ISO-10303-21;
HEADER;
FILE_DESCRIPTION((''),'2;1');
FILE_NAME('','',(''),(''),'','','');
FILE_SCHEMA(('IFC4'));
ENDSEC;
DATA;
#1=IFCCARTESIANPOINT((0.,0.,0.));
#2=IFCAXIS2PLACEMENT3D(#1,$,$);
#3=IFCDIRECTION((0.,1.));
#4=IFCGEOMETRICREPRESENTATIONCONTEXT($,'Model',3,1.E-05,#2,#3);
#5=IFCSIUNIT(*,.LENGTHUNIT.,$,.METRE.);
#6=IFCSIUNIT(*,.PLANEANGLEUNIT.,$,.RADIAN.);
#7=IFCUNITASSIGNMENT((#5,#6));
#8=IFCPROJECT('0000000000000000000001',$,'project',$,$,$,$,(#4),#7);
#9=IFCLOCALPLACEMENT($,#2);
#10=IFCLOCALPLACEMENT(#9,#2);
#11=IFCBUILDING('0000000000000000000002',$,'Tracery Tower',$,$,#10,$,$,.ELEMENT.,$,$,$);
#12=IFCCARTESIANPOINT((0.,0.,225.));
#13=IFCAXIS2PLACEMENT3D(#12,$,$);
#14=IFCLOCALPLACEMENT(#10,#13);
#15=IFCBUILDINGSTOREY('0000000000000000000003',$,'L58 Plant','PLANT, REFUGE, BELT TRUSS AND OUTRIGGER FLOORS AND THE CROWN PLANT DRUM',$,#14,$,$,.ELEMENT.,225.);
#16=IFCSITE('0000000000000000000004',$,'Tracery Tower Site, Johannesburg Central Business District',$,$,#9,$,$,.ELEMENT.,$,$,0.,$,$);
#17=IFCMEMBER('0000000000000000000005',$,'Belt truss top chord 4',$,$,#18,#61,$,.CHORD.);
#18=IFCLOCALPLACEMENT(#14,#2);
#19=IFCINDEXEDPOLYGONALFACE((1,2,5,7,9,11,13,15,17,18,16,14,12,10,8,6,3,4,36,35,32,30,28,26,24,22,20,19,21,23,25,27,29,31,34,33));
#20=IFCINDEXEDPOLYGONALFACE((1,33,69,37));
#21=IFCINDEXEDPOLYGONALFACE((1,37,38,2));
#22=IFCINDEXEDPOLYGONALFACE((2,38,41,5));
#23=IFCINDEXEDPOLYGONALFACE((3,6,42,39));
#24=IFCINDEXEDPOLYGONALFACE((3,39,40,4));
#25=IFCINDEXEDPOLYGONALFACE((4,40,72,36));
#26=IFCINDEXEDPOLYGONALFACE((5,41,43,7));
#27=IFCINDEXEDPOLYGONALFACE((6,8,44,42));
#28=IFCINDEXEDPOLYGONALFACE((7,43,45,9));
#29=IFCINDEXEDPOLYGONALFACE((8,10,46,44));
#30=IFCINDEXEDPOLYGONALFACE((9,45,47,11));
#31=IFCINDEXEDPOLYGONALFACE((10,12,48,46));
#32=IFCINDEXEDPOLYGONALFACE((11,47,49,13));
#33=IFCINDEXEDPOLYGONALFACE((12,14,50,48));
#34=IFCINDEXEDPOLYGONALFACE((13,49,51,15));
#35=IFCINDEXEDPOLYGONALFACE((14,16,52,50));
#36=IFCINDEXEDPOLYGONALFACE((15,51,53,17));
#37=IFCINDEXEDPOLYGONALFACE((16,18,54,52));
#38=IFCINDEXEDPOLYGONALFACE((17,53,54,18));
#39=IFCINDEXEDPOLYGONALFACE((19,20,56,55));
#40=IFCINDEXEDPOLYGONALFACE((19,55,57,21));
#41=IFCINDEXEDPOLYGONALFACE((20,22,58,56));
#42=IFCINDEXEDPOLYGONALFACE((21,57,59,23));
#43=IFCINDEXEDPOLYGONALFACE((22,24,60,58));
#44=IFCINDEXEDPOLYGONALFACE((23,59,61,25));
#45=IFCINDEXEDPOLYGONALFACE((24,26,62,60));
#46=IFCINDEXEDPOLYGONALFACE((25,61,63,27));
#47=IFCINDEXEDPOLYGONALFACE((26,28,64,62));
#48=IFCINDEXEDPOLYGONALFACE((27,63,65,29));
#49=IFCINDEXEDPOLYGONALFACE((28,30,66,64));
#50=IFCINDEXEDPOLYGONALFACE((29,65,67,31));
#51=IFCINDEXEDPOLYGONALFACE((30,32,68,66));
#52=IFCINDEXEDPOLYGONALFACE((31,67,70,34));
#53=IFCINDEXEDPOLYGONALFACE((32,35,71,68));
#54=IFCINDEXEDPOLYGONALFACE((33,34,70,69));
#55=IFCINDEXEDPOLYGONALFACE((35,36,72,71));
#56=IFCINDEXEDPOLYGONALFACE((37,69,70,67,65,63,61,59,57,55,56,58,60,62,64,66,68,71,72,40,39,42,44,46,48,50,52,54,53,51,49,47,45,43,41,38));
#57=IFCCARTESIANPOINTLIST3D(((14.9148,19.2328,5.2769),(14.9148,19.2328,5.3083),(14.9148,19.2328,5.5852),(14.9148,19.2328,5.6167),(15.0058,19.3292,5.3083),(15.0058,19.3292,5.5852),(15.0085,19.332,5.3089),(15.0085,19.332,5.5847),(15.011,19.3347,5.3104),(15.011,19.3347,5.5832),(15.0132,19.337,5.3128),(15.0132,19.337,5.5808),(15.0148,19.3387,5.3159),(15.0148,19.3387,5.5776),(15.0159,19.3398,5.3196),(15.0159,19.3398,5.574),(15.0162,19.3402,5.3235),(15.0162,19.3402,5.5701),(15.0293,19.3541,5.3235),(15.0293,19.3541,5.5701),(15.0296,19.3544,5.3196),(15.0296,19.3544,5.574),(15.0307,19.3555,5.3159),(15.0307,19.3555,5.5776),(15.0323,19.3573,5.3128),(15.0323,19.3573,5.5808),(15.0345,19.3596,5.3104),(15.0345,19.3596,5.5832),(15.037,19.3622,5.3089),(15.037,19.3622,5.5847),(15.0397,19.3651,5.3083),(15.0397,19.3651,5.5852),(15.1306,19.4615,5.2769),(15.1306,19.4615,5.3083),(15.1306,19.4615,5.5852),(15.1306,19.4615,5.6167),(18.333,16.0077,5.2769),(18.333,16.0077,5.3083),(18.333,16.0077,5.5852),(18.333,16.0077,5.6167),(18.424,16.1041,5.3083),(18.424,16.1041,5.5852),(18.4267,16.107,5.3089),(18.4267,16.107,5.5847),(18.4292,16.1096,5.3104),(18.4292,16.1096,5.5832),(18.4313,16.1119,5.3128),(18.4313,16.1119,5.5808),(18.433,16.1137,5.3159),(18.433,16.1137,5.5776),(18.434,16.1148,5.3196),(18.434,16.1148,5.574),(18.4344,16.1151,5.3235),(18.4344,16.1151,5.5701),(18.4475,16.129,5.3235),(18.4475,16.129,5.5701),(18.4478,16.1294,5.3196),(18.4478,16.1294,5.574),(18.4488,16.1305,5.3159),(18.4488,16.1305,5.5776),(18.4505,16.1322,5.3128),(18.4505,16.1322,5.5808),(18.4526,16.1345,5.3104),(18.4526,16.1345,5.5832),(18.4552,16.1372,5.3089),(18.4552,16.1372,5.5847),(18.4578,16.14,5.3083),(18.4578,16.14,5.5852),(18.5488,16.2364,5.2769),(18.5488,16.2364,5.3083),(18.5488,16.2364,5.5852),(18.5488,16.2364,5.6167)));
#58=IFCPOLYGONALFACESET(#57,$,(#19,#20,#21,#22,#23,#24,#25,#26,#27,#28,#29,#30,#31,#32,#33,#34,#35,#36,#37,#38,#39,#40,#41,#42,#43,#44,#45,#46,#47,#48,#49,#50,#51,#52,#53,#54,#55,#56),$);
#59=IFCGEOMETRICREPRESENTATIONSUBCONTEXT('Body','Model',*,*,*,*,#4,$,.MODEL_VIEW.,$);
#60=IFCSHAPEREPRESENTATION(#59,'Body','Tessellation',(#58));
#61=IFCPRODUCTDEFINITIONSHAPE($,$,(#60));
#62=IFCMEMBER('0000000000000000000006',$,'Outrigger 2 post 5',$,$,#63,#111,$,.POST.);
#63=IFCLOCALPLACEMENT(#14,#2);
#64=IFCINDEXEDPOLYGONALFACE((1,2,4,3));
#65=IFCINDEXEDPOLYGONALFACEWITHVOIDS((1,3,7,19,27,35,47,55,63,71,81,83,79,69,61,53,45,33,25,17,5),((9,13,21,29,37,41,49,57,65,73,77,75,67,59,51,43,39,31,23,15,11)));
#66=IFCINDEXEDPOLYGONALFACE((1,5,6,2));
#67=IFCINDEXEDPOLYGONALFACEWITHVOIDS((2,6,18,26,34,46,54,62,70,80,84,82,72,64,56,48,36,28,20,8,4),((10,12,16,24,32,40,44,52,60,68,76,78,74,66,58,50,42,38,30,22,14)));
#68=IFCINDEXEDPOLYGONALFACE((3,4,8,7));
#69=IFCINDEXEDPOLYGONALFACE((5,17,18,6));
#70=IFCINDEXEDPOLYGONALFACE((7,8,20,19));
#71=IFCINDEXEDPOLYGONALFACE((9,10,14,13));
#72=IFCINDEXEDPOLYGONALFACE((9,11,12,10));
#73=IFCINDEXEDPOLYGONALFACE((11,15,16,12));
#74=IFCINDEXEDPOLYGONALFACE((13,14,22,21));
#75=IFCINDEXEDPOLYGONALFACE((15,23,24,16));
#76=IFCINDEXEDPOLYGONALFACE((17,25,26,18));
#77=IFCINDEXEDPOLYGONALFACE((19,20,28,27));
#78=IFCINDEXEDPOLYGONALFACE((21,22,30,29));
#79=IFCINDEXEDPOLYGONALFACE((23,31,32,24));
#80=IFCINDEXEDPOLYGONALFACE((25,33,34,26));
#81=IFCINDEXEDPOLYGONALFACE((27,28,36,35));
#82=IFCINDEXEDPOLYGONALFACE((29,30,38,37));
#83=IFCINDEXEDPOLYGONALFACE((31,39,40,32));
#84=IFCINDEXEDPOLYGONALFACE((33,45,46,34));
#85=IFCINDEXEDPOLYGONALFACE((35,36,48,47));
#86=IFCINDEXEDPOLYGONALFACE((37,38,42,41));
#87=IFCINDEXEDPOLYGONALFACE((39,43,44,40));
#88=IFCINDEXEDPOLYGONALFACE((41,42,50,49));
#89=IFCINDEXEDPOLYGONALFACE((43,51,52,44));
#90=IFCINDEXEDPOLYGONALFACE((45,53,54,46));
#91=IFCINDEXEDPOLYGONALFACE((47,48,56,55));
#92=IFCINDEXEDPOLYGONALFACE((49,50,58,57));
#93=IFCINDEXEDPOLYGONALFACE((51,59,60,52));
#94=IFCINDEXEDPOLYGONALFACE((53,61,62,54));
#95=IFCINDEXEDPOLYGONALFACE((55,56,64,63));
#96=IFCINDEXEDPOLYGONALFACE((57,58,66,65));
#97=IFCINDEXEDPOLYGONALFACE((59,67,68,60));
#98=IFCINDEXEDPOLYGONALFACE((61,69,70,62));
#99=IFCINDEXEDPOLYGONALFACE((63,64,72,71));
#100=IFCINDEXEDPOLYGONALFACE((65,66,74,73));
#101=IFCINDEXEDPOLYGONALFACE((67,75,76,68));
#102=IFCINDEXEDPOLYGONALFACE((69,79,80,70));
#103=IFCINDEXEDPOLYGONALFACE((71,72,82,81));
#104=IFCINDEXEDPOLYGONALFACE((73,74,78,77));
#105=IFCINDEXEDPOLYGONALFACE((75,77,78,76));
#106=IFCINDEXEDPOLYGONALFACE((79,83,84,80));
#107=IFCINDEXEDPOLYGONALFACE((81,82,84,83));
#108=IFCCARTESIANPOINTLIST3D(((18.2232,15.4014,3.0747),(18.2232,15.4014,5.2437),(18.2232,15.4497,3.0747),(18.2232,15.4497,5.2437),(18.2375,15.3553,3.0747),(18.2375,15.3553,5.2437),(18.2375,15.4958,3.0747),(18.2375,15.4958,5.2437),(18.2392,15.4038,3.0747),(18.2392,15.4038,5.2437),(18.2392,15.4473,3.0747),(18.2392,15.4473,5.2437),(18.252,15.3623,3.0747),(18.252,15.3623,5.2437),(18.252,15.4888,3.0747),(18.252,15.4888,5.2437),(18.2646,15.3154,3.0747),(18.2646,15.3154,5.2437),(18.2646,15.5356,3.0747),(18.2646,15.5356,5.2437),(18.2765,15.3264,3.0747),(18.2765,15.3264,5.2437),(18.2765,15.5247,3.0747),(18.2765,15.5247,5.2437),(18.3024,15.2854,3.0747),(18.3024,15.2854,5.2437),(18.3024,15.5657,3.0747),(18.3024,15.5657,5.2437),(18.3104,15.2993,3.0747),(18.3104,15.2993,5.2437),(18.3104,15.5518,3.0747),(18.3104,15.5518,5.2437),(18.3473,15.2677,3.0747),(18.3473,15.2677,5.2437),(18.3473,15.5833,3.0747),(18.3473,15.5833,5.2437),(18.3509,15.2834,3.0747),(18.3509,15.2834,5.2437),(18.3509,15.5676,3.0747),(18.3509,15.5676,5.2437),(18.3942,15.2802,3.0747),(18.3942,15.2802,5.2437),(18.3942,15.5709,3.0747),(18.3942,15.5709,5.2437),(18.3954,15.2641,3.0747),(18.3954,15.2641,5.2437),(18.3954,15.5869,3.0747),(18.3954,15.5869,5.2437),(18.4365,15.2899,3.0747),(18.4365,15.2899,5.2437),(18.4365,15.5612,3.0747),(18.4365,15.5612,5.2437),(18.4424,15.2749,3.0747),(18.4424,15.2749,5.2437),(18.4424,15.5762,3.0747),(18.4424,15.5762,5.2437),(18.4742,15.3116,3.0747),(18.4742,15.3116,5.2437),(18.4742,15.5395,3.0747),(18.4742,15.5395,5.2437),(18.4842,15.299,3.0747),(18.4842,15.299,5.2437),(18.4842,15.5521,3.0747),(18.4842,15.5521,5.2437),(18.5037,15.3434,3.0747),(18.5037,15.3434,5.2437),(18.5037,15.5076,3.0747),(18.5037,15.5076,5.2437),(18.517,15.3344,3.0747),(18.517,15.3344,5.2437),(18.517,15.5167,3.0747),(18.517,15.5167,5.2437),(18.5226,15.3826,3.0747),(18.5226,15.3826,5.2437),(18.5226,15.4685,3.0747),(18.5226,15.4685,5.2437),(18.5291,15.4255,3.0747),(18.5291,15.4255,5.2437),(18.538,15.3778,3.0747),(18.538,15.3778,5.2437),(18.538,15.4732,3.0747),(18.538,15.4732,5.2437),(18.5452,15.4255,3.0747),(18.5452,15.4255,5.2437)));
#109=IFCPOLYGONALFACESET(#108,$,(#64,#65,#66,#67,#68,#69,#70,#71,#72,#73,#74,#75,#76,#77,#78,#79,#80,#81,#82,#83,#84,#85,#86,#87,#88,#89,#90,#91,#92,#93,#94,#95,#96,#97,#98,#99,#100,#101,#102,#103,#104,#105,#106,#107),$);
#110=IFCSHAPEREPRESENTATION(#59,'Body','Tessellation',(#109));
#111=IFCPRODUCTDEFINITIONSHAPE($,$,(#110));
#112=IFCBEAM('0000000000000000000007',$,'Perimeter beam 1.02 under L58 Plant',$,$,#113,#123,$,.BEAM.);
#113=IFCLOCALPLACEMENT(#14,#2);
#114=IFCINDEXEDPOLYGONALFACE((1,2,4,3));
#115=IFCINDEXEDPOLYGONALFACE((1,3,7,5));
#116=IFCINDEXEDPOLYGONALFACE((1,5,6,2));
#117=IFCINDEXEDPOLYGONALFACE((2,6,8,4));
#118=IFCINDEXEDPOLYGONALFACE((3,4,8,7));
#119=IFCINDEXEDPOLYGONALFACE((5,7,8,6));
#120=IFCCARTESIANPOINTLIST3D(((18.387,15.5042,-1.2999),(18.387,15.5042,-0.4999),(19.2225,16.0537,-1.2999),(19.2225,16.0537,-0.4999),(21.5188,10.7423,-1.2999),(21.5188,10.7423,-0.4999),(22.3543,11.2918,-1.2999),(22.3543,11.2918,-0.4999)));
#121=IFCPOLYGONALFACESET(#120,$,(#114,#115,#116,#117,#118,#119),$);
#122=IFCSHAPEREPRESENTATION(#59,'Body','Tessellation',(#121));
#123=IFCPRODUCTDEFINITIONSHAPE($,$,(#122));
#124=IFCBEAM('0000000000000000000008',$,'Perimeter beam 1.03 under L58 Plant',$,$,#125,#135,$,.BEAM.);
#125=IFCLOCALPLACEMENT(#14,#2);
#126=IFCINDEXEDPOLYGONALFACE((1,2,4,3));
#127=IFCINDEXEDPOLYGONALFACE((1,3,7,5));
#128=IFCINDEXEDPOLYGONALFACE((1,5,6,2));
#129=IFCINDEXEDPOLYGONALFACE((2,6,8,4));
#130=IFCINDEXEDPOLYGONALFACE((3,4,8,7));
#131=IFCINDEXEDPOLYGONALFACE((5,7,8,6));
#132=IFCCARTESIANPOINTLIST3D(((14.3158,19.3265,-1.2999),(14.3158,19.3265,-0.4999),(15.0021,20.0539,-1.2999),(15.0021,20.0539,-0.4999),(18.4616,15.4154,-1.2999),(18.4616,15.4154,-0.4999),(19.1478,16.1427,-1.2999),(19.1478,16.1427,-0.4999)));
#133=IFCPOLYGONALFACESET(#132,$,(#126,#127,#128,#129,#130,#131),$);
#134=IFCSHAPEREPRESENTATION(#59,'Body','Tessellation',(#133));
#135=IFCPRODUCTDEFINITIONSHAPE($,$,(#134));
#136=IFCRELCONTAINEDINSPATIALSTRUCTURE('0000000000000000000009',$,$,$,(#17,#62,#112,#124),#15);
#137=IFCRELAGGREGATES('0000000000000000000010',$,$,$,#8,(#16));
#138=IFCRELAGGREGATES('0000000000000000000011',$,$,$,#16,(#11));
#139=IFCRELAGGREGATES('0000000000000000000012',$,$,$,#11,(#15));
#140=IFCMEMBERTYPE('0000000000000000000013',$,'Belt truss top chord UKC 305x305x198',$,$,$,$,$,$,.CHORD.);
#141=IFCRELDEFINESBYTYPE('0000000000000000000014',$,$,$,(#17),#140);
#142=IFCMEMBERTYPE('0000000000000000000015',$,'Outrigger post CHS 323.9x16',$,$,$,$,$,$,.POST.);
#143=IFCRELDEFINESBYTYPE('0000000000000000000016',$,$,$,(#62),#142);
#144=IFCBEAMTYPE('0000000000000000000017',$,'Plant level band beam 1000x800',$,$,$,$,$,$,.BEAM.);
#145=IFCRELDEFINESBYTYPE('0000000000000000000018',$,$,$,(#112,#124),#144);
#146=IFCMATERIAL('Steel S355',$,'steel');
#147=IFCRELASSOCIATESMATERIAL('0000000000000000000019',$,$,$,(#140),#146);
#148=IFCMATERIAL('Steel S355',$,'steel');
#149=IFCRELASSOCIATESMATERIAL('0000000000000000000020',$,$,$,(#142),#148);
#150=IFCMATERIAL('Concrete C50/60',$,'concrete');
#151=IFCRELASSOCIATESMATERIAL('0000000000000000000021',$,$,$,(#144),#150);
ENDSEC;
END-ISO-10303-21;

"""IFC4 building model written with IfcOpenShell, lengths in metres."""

from ifc_helpers import new_model, si_unit, direction, frame, origin, origin_2d, place, context, subcontext, project, spatial, rectangle, hollow_circle, i_section, extrude, material, material_profile, profile_set, type_object, element, save


model = new_model("IFC4")

# Units and contexts
model_context = context("Model", 3, precision=1e-05, world=origin(), true_north=direction((0.0, 1.0)))
body_context = subcontext(model_context, "Body", "Model", "MODEL_VIEW")
ifc_project = project(units=[si_unit("LENGTHUNIT", "METRE"), si_unit("PLANEANGLEUNIT", "RADIAN")], contexts=[model_context])

# Site, building, storey
site_placement = place(None, origin())
site = spatial("IfcSite", under=ifc_project, at=site_placement, Name="Tracery Tower Site, Johannesburg Central Business District", CompositionType="ELEMENT", RefElevation=0.0)
building_placement = place(site_placement, origin())
building = spatial("IfcBuilding", under=site, at=building_placement, Name="Tracery Tower", CompositionType="ELEMENT")
storey_placement = place(building_placement, frame((0.0, 0.0, 225.0)))
storey = spatial("IfcBuildingStorey", under=building, at=storey_placement, Name="L58 Plant", Description="PLANT, REFUGE, BELT TRUSS AND OUTRIGGER FLOORS AND THE CROWN PLANT DRUM", CompositionType="ELEMENT", Elevation=225.0)

# Members
ifc_material_1 = material(Name="Steel S355", Category="steel")
ifc_material_profile_1 = material_profile(ifc_material_1, i_section(OverallWidth=0.3145, OverallDepth=0.3398, WebThickness=0.019, FlangeThickness=0.0315, FilletRadius=0.0151, at=origin_2d()), Name="UKC 305x305x198")
ifc_profile_set_1 = profile_set([ifc_material_profile_1], Name="Steel S355")
member_type_1 = type_object("IfcMemberType", Name="Belt truss top chord UKC 305x305x198", PredefinedType="CHORD", material=ifc_profile_set_1)
member_1_placement = place(storey_placement, frame((18.4409, 16.1221, 5.4468), z_axis=(-0.727355, 0.686262, 0.0), x_axis=(-0.686262, -0.727355, 0.0)))
element("IfcMember", 1, at=member_1_placement, inside=storey, type_object=member_type_1, Name="Belt truss top chord 4", PredefinedType="CHORD", context=body_context, shape_type="SweptSolid", body=[
    extrude(i_section(OverallWidth=0.3145, OverallDepth=0.3398, WebThickness=0.019, FlangeThickness=0.0315, FilletRadius=0.0151, at=origin_2d()), origin(), (0.0, 0.0, 1.0), 4.6995),
])
ifc_material_2 = material(Name="Steel S355", Category="steel")
ifc_material_profile_2 = material_profile(ifc_material_2, hollow_circle(Radius=0.1619, WallThickness=0.0161, at=origin_2d()), Name="CHS 323.9x16")
ifc_profile_set_2 = profile_set([ifc_material_profile_2], Name="Steel S355")
member_type_2 = type_object("IfcMemberType", Name="Outrigger post CHS 323.9x16", PredefinedType="POST", material=ifc_profile_set_2)
member_2_placement = place(storey_placement, frame((18.3833, 15.4255, 3.0747), z_axis=(0.0, 0.0, 1.0), x_axis=(1.0, 0.0, 0.0)))
element("IfcMember", 2, at=member_2_placement, inside=storey, type_object=member_type_2, Name="Outrigger 2 post 5", PredefinedType="POST", context=body_context, shape_type="SweptSolid", body=[
    extrude(hollow_circle(Radius=0.1619, WallThickness=0.0161, at=origin_2d()), origin(), (0.0, 0.0, 1.0), 2.1689),
])

# Beams
ifc_material_3 = material(Name="Concrete C50/60", Category="concrete")
ifc_material_profile_3 = material_profile(ifc_material_3, rectangle(XDim=1.0, YDim=0.8, at=origin_2d()), Name="RC 1000x800")
ifc_profile_set_3 = profile_set([ifc_material_profile_3], Name="Concrete C50/60")
beam_type = type_object("IfcBeamType", Name="Plant level band beam 1000x800", PredefinedType="BEAM", material=ifc_profile_set_3)
for number, where, z_axis, x_axis, name in (
    (3, (21.9365, 11.0171, -0.8999), (-0.54949, 0.8355, 0.0), (-0.8355, -0.54949, 0.0), "Perimeter beam 1.02 under L58 Plant"),
    (4, (18.8047, 15.7791, -0.8999), (-0.72739, 0.686225, 0.0), (-0.686225, -0.72739, 0.0), "Perimeter beam 1.03 under L58 Plant"),
):
    element("IfcBeam", number, at=place(storey_placement, frame(where, z_axis=z_axis, x_axis=x_axis)), inside=storey, type_object=beam_type, Name=name, PredefinedType="BEAM", context=body_context, shape_type="SweptSolid", body=[
        extrude(rectangle(XDim=1.0, YDim=0.8, at=origin_2d()), origin(), (0.0, 0.0, 1.0), 5.6995),
    ])

save(model, "model.ifc")
